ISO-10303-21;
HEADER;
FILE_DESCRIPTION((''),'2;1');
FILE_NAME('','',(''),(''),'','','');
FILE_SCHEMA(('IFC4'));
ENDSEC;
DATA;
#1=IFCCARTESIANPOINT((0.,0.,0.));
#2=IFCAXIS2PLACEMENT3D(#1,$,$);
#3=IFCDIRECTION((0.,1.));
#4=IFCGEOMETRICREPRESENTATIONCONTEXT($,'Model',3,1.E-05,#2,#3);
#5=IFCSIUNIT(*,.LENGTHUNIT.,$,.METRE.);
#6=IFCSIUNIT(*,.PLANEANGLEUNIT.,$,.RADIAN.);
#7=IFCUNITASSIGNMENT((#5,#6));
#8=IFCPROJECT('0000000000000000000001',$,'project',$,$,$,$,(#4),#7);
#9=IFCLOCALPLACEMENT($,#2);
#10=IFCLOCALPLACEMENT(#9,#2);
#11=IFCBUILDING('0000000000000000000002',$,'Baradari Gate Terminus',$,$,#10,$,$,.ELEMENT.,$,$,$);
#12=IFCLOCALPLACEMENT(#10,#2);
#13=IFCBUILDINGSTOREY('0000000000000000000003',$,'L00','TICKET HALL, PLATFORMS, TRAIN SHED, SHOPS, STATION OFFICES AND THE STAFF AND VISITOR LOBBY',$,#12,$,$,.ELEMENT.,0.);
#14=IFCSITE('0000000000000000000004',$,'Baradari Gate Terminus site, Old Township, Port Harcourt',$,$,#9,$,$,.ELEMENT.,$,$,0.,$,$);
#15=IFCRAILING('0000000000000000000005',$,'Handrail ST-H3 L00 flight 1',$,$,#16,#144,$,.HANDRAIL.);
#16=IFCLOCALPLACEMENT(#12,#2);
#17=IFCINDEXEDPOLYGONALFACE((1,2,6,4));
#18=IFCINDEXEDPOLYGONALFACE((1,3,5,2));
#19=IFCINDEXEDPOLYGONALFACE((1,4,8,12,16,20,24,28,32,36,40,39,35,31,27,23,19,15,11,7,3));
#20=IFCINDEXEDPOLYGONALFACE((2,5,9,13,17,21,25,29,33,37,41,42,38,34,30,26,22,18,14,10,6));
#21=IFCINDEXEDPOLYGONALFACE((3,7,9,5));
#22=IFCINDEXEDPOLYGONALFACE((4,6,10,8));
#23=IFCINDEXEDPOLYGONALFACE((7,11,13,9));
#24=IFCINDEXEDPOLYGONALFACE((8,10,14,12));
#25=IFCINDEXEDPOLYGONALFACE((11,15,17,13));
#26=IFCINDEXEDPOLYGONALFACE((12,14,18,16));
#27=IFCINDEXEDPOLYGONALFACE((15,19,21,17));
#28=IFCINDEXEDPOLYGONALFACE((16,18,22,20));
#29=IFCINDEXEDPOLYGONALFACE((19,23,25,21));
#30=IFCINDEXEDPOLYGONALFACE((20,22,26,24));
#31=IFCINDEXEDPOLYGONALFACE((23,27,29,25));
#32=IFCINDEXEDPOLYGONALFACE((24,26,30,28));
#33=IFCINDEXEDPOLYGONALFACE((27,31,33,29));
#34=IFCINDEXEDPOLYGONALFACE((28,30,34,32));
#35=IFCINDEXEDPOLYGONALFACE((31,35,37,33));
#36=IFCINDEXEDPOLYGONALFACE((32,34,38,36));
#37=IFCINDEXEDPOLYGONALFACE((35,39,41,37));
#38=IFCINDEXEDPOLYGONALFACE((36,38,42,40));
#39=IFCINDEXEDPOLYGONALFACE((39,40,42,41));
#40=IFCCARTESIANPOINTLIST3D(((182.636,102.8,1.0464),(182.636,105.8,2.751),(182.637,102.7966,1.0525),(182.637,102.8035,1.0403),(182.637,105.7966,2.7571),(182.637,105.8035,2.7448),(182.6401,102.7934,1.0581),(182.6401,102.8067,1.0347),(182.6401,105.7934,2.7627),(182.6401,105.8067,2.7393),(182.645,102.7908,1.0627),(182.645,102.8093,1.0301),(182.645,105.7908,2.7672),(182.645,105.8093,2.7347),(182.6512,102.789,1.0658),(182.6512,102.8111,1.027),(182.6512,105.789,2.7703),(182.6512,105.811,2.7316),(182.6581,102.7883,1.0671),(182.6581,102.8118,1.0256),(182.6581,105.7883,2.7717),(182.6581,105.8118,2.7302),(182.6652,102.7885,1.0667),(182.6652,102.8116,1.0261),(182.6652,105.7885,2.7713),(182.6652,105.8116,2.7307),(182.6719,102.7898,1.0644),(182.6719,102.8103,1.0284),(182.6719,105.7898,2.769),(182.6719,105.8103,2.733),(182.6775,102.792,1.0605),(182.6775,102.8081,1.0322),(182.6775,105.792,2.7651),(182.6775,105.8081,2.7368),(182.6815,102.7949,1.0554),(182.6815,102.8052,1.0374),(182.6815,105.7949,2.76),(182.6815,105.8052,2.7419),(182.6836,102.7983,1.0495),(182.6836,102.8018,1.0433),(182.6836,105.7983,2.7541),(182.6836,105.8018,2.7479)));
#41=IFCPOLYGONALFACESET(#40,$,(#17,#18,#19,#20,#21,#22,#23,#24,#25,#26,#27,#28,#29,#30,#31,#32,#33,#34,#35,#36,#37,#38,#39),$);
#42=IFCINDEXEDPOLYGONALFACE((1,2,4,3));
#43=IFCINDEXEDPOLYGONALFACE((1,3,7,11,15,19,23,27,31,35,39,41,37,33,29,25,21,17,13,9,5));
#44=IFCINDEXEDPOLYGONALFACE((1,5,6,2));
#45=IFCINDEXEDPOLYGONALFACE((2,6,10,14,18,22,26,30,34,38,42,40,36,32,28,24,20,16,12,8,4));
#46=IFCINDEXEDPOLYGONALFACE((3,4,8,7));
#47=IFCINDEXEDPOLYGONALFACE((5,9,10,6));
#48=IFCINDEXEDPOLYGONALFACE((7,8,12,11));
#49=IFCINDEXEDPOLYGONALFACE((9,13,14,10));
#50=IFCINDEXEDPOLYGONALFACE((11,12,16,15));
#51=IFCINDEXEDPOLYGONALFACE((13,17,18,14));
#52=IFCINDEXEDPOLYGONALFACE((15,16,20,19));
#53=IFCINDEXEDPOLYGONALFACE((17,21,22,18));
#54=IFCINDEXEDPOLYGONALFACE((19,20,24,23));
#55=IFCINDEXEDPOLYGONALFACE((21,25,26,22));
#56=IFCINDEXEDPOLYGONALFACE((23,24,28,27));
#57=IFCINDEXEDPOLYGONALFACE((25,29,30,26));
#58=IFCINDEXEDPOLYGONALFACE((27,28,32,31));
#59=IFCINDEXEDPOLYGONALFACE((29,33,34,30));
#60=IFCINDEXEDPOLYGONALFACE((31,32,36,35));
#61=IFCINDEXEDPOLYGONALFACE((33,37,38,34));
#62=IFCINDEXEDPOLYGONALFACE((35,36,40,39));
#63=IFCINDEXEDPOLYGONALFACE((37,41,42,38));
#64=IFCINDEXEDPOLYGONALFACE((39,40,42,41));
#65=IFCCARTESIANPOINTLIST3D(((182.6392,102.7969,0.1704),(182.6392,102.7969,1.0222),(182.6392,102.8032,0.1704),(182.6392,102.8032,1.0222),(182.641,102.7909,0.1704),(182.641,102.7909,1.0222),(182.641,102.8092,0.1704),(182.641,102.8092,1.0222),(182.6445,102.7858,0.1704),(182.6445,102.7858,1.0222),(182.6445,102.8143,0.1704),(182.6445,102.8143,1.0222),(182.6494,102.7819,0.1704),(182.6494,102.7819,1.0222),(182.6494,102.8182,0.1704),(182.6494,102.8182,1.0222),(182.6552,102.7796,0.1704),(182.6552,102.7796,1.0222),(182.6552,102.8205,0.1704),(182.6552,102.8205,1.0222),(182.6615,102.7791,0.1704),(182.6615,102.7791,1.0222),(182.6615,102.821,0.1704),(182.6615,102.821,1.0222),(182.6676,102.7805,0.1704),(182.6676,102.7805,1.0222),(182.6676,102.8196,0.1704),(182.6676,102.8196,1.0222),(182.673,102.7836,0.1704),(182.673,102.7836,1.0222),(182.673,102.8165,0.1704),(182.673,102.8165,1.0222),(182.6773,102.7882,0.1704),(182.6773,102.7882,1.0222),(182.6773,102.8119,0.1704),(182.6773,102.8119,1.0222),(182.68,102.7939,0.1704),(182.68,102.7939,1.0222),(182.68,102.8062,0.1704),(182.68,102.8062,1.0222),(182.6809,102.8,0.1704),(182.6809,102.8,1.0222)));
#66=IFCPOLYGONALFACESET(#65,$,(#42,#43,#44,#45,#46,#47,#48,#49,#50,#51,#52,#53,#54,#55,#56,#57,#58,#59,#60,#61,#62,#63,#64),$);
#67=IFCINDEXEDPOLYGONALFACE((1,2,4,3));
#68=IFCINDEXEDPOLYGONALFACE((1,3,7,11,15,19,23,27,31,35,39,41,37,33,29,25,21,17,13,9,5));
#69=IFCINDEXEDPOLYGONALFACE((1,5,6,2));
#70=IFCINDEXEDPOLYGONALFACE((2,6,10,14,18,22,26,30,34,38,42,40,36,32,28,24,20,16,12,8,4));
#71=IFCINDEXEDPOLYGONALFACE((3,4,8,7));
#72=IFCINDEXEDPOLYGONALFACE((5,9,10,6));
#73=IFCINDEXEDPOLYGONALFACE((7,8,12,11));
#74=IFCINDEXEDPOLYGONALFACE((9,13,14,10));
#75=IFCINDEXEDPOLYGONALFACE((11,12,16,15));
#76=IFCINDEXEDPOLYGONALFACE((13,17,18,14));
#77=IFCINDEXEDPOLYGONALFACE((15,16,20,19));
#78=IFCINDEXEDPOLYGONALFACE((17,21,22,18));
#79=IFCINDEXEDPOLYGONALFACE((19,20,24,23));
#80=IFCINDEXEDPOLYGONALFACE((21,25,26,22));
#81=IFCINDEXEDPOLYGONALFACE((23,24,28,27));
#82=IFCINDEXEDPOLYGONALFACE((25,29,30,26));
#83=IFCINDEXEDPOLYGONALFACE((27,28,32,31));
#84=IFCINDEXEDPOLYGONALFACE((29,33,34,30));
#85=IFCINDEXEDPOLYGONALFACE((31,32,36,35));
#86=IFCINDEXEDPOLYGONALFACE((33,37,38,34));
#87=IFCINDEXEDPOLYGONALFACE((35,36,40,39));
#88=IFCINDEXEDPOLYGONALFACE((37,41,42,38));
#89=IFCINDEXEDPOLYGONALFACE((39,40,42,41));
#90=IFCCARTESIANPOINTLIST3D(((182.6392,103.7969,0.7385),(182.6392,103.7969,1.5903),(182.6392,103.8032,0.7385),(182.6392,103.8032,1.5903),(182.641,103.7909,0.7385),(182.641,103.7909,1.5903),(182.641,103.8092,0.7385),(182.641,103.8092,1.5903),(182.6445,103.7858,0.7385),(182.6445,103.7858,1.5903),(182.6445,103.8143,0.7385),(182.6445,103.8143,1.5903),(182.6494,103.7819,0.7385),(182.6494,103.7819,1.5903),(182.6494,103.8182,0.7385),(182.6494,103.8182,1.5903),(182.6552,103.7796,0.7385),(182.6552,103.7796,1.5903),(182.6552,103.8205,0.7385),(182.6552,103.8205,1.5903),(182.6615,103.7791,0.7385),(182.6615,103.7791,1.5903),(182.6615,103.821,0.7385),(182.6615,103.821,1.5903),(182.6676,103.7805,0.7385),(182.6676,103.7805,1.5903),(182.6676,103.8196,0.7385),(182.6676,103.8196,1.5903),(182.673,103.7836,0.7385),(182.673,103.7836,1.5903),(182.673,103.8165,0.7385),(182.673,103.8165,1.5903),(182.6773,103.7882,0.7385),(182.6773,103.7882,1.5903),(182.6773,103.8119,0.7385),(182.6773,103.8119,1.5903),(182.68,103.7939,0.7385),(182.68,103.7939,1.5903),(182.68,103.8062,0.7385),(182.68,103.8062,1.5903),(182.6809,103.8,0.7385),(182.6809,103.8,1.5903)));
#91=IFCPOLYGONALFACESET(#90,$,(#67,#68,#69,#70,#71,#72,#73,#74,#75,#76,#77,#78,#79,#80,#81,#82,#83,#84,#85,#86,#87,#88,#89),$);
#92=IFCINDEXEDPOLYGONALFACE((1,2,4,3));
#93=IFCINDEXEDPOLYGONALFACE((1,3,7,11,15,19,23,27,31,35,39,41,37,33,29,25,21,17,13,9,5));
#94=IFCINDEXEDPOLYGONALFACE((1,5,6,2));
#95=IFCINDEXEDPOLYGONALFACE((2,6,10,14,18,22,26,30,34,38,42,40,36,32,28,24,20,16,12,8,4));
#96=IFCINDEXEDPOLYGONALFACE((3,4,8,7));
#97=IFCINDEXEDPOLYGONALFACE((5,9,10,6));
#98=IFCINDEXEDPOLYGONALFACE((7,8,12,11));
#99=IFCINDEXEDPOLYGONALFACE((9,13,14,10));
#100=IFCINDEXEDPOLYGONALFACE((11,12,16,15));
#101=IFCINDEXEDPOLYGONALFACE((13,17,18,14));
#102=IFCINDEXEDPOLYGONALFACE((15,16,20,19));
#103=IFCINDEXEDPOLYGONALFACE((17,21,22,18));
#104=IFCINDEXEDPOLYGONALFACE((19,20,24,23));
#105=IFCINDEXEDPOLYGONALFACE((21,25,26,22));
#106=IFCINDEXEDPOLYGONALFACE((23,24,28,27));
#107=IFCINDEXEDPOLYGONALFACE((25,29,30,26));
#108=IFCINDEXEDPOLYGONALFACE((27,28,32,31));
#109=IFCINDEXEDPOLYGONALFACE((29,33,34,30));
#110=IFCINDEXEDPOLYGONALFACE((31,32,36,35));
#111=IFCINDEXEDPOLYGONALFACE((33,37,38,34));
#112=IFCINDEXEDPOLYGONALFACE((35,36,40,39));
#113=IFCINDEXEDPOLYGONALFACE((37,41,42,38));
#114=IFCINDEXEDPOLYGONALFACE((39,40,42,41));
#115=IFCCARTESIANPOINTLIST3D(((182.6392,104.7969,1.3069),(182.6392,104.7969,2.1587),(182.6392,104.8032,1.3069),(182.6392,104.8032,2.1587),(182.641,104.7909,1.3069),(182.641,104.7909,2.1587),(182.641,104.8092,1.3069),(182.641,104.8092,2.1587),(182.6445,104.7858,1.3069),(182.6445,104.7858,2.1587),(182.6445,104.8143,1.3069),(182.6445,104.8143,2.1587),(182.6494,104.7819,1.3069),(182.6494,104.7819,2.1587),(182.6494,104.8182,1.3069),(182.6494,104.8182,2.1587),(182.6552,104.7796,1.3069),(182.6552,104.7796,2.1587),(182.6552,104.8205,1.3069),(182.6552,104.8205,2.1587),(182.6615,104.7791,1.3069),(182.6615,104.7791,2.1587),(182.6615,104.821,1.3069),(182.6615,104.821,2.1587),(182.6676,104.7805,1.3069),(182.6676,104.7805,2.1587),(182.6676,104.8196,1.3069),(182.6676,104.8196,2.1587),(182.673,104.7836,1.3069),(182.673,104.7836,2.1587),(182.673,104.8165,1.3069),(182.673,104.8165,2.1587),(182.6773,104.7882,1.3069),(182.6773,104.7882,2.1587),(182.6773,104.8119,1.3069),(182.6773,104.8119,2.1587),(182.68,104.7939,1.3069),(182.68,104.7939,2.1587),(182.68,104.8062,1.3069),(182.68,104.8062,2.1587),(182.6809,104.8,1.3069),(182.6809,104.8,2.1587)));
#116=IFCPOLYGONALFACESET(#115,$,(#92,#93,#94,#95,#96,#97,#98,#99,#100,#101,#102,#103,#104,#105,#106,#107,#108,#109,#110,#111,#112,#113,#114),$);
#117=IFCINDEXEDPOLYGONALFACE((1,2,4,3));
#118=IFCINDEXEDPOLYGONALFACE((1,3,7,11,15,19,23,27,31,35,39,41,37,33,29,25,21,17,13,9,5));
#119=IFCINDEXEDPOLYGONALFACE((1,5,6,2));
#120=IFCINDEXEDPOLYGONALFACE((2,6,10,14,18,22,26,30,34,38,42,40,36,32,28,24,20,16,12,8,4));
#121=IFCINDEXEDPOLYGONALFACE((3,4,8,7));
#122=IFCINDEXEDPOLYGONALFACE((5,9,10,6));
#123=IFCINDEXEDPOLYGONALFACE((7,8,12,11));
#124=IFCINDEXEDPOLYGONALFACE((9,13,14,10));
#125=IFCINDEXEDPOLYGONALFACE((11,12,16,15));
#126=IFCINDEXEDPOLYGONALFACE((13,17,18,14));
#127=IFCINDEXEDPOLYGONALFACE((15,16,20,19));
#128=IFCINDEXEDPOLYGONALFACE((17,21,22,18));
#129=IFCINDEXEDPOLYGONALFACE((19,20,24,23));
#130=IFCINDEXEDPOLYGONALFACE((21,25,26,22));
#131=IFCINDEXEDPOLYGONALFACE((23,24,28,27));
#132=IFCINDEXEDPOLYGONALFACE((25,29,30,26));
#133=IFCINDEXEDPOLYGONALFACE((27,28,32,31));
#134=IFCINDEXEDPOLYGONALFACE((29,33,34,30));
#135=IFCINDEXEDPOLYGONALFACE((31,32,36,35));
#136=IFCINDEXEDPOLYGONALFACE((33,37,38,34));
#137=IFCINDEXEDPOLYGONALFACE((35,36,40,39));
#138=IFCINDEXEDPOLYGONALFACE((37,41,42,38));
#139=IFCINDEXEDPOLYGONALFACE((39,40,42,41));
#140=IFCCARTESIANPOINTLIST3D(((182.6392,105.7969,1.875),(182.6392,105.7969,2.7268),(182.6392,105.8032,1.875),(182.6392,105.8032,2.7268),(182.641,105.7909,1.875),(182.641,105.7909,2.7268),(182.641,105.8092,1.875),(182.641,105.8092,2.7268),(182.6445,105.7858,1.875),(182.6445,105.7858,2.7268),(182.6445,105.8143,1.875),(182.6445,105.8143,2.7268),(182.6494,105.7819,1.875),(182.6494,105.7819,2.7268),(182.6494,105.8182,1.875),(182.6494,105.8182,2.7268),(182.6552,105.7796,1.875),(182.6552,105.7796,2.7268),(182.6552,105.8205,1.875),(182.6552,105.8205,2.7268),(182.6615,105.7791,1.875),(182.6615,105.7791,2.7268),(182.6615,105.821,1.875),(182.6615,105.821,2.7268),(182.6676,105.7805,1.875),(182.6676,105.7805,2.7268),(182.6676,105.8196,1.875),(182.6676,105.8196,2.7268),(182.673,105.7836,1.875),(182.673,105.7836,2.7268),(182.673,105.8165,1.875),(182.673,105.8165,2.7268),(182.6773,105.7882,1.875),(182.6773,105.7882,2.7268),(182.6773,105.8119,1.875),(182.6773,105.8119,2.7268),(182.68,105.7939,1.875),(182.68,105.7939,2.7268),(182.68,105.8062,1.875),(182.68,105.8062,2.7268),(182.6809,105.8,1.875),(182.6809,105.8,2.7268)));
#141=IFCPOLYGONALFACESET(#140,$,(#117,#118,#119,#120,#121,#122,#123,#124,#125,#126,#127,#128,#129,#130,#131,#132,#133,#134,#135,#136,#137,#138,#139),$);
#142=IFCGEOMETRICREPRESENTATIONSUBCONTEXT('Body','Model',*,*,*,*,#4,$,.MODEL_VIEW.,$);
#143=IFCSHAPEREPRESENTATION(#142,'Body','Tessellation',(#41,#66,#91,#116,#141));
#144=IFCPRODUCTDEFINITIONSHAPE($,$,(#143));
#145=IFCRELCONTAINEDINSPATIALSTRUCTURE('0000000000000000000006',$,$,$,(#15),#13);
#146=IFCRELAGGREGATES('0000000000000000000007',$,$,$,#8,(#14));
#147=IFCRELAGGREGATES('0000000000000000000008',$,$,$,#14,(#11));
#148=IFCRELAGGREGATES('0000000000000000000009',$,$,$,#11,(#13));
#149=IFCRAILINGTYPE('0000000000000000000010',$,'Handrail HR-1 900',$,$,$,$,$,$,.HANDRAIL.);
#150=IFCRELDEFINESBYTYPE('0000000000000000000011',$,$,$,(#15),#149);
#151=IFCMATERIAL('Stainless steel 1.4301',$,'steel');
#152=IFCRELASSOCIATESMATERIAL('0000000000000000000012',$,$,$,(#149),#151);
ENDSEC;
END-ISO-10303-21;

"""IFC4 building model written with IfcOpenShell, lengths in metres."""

from ifc_helpers import new_model, si_unit, direction, frame, origin, origin_2d, place, context, subcontext, project, spatial, circle, extrude, material, type_object, element, save


model = new_model("IFC4")

# Units and contexts
model_context = context("Model", 3, precision=1e-05, world=origin(), true_north=direction((0.0, 1.0)))
body_context = subcontext(model_context, "Body", "Model", "MODEL_VIEW")
ifc_project = project(units=[si_unit("LENGTHUNIT", "METRE"), si_unit("PLANEANGLEUNIT", "RADIAN")], contexts=[model_context])

# Site, building, storey
site_placement = place(None, origin())
site = spatial("IfcSite", under=ifc_project, at=site_placement, Name="Baradari Gate Terminus site, Old Township, Port Harcourt", CompositionType="ELEMENT", RefElevation=0.0)
building_placement = place(site_placement, origin())
building = spatial("IfcBuilding", under=site, at=building_placement, Name="Baradari Gate Terminus", CompositionType="ELEMENT")
storey_placement = place(building_placement, origin())
storey = spatial("IfcBuildingStorey", under=building, at=storey_placement, Name="L00", Description="TICKET HALL, PLATFORMS, TRAIN SHED, SHOPS, STATION OFFICES AND THE STAFF AND VISITOR LOBBY", CompositionType="ELEMENT", Elevation=0.0)

# Railing
ifc_material_1 = material(Name="Stainless steel 1.4301", Category="steel")
railing_type_1 = type_object("IfcRailingType", Name="Handrail HR-1 900", PredefinedType="HANDRAIL", material=ifc_material_1)
for number, where, name in (
    (1, (182.6599, 102.8, 0.1704), "Handrail ST-H3 L00 flight 1"),
):
    element("IfcRailing", number, at=place(storey_placement, frame(where)), inside=storey, type_object=railing_type_1, Name=name, PredefinedType="HANDRAIL", context=body_context, shape_type="SweptSolid", body=[
        extrude(circle(Radius=0.0239, at=origin_2d()), frame((0.0, 0.0, 0.876), z_axis=(0.0, 0.869451, 0.494019), x_axis=(-1.0, 0.0, 0.0)), (0.0, 0.0, 1.0), 3.4504),
        extrude(circle(Radius=0.021, at=origin_2d()), origin(), (0.0, 0.0, 1.0), 0.8518),
        extrude(circle(Radius=0.021, at=origin_2d()), frame((0.0, 1.0, 0.5681)), (0.0, 0.0, 1.0), 0.8518),
        extrude(circle(Radius=0.021, at=origin_2d()), frame((0.0, 2.0, 1.1365)), (0.0, 0.0, 1.0), 0.8518),
        extrude(circle(Radius=0.021, at=origin_2d()), frame((0.0, 3.0, 1.7046)), (0.0, 0.0, 1.0), 0.8518),
    ])

save(model, "model.ifc")
